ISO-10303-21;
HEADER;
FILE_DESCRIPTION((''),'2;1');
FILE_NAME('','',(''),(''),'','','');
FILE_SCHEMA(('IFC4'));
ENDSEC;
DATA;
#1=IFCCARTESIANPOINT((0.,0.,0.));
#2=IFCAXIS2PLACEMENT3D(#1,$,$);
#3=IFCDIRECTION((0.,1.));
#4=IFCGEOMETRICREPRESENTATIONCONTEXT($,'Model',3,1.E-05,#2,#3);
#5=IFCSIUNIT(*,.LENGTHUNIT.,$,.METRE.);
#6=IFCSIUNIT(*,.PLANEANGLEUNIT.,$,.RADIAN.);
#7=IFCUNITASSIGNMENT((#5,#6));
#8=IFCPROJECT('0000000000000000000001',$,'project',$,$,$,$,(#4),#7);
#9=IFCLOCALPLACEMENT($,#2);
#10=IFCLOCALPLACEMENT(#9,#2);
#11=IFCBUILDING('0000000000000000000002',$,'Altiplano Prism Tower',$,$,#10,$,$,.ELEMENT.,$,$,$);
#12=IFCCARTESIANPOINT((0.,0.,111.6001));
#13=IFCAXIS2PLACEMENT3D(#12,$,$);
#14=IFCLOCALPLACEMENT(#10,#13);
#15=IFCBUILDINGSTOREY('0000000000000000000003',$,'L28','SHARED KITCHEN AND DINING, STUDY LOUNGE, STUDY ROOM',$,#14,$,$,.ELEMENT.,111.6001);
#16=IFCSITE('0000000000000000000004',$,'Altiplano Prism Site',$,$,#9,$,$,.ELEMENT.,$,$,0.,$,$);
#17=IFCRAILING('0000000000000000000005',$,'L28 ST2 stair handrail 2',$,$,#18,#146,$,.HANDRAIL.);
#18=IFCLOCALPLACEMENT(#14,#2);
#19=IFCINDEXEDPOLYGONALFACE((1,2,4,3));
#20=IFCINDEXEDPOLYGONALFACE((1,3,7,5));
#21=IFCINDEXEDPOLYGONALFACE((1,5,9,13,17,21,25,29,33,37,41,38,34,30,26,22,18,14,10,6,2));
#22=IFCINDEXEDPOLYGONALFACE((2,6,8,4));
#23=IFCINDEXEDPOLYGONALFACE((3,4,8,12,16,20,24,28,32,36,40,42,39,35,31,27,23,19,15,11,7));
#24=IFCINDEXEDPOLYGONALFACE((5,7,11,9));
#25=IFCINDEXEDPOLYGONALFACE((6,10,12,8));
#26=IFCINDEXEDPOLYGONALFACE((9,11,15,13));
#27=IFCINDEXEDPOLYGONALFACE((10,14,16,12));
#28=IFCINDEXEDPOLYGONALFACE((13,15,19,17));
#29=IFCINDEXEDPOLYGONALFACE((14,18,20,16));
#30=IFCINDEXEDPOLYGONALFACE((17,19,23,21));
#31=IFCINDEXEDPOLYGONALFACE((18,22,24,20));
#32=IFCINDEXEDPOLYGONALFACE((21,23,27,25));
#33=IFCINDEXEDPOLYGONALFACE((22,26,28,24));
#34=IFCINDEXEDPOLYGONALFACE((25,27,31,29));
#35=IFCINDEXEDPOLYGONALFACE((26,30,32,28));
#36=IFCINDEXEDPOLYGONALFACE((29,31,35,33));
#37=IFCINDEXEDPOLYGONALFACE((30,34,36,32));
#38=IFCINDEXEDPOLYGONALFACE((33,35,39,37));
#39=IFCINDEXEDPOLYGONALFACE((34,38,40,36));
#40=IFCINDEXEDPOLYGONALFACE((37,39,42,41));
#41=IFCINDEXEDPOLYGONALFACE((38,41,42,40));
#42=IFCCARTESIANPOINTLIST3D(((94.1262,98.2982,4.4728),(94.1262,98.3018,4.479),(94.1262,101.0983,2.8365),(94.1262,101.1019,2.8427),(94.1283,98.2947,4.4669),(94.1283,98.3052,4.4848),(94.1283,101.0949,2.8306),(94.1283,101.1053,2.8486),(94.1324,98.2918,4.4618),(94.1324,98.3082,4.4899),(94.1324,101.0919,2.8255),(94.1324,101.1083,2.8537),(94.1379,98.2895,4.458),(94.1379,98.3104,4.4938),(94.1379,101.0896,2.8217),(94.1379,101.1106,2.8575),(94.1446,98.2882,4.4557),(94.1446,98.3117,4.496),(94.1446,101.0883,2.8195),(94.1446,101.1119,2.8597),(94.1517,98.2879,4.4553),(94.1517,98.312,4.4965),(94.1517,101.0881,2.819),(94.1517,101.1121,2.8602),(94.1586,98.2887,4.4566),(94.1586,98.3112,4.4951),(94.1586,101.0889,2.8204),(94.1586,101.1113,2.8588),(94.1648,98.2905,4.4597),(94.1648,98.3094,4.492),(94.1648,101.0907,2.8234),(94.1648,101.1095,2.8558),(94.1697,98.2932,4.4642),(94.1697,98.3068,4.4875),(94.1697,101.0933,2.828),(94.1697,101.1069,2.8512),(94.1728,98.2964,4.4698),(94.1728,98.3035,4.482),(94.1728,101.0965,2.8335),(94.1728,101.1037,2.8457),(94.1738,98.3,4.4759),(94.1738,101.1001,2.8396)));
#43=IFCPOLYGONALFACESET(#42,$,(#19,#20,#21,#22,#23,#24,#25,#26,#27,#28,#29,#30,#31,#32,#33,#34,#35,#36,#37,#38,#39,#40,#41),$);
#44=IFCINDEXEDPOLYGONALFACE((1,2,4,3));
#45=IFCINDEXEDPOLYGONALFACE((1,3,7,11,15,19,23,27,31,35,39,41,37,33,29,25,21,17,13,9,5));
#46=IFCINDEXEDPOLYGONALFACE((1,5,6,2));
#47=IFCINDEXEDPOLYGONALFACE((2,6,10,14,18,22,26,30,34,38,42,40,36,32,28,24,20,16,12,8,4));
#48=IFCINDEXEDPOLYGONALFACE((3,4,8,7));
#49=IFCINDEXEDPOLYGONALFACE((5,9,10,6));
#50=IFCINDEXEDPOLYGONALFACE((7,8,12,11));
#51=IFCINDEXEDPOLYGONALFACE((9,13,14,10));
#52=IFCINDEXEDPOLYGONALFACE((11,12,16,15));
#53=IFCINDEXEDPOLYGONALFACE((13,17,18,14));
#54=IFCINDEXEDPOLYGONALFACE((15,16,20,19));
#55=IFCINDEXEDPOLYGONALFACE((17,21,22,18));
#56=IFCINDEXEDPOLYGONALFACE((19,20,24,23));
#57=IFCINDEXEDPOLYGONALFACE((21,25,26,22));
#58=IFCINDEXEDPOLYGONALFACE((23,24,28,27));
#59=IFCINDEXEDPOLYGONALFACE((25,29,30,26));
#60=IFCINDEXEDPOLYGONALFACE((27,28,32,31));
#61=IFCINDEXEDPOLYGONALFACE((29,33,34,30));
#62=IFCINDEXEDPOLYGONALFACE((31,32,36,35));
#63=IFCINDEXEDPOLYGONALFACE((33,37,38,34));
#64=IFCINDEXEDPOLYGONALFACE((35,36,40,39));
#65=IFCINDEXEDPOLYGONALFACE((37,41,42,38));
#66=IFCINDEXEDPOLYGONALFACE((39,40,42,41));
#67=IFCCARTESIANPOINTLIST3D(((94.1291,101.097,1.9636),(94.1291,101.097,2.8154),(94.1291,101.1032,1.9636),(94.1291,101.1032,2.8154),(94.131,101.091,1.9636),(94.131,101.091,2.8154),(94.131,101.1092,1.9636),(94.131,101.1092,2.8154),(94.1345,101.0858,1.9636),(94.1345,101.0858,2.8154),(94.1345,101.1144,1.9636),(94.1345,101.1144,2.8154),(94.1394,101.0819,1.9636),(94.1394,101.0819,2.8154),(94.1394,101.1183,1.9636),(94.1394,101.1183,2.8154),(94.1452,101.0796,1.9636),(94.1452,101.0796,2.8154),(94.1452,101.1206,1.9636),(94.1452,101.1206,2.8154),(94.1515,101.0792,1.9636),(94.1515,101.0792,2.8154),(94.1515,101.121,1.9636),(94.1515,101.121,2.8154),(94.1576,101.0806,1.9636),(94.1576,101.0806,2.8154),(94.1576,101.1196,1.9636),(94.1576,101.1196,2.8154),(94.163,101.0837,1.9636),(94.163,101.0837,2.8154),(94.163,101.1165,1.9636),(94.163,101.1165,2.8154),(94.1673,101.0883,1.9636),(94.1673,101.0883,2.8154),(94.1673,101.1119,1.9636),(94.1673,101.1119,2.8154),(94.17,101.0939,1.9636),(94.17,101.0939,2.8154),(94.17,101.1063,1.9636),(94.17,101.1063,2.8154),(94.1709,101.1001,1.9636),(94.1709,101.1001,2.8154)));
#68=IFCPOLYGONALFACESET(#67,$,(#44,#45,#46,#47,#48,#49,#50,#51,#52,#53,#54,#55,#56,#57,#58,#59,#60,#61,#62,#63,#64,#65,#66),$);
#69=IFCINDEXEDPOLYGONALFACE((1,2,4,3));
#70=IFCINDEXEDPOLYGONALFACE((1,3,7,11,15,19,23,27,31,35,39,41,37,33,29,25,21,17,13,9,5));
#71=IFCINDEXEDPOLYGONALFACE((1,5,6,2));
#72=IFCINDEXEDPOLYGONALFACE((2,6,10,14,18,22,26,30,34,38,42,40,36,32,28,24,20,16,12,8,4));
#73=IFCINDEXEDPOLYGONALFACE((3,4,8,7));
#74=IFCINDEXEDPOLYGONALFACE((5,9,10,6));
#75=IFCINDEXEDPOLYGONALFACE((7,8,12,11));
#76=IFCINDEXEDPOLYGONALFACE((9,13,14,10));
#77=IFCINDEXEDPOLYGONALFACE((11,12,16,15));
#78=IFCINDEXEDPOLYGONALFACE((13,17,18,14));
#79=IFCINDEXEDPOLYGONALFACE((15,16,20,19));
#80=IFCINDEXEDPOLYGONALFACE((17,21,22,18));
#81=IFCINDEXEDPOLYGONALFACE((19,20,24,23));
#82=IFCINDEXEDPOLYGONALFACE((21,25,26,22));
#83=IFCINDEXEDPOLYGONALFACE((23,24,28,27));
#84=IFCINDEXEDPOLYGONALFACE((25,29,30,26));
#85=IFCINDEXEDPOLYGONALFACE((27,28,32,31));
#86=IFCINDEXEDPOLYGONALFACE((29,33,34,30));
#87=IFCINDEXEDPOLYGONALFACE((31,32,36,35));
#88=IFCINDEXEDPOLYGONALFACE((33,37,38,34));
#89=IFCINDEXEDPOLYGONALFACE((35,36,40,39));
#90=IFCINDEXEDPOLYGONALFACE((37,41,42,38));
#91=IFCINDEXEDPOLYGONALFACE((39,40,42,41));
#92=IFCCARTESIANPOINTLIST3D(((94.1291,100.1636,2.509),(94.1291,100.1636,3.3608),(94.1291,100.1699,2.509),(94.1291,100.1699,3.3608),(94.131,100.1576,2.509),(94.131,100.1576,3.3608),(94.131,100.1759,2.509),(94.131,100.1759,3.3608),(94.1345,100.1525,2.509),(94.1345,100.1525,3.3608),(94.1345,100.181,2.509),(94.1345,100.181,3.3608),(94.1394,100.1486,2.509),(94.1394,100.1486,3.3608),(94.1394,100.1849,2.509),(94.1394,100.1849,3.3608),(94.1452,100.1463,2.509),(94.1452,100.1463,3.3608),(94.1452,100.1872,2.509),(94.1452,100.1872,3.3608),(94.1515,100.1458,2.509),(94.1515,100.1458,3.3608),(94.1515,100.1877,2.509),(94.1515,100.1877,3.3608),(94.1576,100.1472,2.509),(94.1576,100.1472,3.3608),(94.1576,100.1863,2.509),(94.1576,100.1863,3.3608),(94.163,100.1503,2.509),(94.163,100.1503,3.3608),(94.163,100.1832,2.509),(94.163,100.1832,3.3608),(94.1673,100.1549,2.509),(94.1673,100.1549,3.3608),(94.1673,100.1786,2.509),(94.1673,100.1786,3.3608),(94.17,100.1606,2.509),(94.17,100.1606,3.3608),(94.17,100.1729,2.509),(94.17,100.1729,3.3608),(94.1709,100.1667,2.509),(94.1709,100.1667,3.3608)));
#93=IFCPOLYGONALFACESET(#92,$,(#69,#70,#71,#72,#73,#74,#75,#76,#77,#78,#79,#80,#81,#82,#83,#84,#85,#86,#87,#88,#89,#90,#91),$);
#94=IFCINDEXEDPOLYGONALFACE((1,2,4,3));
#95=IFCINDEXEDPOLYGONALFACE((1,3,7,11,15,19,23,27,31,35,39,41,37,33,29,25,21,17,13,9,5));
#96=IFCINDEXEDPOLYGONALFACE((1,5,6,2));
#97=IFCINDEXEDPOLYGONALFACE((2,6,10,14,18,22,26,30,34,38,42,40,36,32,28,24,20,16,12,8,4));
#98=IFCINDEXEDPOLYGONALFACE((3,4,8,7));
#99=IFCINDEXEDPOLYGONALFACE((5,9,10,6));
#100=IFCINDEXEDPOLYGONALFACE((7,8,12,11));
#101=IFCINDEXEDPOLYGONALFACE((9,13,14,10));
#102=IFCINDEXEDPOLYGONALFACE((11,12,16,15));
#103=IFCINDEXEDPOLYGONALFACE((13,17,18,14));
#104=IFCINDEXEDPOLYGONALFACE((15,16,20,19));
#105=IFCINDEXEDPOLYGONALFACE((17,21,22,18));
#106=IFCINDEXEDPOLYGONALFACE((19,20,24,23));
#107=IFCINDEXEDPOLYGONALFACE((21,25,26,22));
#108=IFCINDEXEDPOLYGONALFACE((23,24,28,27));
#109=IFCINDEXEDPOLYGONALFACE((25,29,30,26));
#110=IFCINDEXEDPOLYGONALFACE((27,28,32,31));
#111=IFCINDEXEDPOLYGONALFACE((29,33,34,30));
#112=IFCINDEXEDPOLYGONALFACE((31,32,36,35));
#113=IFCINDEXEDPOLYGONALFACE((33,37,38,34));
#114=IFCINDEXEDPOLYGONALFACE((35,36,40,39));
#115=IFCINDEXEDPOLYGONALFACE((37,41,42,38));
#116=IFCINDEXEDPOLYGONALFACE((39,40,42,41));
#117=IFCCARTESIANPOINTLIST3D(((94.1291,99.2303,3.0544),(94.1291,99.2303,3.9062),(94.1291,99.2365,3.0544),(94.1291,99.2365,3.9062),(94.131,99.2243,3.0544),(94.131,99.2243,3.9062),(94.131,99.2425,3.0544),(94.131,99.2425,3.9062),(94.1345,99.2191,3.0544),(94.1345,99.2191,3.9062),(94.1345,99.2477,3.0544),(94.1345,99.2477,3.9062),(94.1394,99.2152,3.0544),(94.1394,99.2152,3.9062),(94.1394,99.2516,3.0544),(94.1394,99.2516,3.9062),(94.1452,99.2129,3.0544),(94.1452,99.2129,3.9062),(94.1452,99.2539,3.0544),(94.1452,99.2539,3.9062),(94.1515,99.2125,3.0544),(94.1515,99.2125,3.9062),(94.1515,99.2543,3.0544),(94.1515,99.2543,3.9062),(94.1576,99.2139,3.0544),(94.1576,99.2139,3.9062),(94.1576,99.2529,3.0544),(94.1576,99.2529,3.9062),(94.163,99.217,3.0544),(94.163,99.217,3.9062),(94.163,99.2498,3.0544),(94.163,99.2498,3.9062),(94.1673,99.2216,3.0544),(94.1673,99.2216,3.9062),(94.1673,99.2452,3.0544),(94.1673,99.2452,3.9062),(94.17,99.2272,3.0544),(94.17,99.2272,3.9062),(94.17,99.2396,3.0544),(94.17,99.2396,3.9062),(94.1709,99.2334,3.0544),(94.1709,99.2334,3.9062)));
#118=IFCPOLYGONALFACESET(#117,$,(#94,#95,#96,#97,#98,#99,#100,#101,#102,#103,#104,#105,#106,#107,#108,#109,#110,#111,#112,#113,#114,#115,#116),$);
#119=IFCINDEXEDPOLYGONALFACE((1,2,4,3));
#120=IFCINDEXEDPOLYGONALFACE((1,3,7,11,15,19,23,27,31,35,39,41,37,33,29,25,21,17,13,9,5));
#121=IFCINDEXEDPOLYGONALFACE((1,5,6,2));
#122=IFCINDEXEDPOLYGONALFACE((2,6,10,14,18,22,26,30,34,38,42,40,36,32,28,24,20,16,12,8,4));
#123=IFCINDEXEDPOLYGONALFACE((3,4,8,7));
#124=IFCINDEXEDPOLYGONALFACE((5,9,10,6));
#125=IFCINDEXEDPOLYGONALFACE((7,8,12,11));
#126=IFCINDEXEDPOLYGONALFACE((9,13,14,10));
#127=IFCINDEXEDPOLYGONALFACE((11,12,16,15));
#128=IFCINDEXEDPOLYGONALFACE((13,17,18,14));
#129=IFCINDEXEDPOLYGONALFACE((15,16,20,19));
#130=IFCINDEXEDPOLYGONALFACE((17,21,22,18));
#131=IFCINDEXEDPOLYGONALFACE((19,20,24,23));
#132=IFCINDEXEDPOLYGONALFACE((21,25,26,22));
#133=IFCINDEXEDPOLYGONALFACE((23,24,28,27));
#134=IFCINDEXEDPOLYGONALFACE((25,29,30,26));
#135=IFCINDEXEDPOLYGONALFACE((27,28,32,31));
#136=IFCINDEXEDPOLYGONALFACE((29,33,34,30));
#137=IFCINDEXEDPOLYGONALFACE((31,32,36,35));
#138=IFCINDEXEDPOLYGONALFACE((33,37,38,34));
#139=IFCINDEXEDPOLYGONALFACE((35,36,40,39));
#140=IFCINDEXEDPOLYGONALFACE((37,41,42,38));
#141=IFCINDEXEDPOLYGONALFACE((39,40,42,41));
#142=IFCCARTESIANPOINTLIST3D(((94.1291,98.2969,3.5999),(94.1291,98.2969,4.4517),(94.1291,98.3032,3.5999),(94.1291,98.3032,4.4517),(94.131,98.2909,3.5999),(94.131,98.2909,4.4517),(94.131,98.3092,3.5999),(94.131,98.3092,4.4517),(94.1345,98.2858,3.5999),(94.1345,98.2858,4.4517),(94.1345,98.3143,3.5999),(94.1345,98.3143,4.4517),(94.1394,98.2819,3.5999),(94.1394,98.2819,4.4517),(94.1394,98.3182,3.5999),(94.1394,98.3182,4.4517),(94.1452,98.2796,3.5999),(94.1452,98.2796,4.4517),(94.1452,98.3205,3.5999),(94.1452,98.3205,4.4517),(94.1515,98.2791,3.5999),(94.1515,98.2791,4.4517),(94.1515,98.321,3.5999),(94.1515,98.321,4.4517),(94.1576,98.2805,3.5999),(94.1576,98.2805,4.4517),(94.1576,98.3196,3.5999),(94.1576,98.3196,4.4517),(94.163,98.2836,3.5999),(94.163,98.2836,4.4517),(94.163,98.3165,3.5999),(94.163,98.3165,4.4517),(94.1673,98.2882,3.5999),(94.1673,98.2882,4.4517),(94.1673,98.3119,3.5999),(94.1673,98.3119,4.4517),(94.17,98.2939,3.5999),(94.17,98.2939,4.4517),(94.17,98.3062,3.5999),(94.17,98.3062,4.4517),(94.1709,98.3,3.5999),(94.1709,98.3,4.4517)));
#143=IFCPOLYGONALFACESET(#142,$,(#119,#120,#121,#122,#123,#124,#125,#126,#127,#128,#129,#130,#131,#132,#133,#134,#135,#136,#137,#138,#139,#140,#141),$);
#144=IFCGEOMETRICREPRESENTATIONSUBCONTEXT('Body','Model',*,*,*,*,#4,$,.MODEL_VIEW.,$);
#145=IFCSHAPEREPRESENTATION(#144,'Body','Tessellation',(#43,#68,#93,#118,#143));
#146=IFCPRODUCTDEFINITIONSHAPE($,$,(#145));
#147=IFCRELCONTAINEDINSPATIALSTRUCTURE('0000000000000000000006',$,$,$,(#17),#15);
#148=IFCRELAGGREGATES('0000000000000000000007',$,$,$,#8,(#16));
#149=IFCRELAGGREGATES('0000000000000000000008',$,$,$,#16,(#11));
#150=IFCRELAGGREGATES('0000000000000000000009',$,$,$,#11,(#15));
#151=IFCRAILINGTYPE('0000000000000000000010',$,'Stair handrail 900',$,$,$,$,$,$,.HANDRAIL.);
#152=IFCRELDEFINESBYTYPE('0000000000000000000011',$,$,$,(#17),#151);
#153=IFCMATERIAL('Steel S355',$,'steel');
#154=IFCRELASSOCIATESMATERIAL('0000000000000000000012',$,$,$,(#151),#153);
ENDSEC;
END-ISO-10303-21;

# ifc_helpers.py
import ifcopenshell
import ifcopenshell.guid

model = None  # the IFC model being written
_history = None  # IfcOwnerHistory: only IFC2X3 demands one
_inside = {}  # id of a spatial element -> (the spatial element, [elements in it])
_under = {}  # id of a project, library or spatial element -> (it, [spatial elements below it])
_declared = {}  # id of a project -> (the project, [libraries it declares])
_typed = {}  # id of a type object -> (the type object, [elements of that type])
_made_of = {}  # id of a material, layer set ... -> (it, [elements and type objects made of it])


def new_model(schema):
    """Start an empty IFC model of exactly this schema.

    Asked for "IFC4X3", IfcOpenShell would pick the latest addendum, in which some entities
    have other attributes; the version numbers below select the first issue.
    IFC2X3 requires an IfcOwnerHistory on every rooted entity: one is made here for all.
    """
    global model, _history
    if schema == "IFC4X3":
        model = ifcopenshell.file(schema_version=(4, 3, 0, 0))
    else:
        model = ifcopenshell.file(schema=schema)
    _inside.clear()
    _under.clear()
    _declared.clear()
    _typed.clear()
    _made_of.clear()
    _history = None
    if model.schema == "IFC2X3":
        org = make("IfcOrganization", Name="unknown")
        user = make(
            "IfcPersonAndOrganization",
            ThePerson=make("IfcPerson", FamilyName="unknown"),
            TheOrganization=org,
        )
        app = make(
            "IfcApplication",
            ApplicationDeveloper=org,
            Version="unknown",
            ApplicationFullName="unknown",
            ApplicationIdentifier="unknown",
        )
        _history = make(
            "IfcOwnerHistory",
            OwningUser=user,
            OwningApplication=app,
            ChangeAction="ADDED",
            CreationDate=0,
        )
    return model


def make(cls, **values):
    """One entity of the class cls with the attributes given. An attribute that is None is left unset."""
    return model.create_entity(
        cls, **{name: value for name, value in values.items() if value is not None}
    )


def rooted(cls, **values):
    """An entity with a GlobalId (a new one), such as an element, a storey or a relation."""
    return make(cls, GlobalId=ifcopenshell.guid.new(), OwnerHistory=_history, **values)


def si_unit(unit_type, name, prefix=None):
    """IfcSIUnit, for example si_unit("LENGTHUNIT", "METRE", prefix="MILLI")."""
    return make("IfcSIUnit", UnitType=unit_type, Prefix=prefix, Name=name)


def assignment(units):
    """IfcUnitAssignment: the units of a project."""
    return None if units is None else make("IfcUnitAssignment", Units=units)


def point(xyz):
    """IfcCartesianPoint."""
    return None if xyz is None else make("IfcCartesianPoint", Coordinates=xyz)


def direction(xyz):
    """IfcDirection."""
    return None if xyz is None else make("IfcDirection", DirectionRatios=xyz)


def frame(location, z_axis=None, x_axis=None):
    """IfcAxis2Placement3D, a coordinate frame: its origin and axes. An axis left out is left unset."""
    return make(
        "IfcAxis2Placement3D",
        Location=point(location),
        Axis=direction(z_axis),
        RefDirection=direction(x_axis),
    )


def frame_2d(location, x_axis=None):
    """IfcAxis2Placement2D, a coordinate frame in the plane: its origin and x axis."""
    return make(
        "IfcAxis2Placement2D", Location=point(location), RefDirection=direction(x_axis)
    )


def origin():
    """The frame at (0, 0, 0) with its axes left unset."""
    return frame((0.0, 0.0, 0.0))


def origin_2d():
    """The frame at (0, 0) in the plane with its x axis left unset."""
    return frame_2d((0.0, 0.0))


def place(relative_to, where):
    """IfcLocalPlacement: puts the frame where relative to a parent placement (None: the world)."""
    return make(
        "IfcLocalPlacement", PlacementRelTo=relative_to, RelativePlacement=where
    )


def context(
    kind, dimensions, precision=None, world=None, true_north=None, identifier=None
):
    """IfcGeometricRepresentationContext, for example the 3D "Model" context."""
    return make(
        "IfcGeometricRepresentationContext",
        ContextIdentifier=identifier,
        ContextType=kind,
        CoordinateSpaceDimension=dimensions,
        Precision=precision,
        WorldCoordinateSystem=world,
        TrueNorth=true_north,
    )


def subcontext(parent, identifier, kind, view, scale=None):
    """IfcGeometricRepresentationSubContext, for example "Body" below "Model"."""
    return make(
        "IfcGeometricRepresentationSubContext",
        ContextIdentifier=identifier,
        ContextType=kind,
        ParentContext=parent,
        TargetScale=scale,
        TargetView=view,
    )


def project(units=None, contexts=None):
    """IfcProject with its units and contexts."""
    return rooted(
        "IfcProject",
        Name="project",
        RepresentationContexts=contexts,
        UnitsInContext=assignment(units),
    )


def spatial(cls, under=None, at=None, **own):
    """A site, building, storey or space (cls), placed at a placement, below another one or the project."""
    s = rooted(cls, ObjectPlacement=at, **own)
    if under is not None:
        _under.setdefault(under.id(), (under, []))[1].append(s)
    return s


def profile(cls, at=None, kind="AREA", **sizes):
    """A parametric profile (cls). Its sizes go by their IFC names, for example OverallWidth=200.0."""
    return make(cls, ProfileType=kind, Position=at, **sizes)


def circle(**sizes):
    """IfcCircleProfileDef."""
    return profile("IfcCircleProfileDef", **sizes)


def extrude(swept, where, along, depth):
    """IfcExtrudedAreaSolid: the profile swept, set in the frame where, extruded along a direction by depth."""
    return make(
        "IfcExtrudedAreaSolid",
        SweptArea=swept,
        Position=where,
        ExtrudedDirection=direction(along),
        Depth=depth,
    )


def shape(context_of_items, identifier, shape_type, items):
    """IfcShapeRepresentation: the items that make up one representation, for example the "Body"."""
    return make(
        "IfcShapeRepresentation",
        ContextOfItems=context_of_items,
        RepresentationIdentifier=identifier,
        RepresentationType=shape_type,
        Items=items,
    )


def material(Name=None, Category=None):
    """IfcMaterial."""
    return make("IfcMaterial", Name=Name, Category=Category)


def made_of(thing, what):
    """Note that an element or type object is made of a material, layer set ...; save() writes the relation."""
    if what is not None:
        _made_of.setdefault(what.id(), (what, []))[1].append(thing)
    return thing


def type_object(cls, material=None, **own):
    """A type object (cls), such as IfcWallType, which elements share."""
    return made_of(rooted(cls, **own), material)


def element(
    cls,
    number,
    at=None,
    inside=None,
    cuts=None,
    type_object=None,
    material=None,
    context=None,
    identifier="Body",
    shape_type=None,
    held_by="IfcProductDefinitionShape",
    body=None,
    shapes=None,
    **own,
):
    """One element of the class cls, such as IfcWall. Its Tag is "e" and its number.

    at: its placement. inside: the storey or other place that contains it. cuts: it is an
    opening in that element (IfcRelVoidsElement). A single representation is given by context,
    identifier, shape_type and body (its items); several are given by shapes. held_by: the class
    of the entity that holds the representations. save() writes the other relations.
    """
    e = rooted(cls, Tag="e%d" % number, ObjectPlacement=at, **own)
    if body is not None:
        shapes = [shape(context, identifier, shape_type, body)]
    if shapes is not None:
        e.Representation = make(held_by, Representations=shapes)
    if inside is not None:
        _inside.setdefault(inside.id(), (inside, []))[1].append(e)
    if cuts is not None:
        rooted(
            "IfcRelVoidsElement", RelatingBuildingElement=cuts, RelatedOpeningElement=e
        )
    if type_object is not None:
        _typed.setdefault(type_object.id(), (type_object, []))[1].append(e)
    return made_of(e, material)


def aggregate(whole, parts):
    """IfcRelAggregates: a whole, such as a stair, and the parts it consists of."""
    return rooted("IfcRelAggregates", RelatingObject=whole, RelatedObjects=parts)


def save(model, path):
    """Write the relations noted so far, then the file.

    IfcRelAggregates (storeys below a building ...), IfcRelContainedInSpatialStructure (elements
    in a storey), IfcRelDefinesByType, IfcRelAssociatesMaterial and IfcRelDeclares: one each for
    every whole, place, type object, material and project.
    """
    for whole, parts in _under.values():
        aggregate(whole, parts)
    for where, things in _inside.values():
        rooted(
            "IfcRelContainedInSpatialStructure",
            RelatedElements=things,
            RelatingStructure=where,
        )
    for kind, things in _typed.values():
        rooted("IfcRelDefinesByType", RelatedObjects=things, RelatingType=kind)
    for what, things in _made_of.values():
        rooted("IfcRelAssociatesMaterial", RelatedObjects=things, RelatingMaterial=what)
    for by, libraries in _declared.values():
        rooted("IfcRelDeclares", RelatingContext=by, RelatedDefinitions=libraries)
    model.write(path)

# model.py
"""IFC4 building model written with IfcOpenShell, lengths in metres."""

from ifc_helpers import new_model, si_unit, direction, frame, origin, origin_2d, place, context, subcontext, project, spatial, circle, extrude, material, type_object, element, save


model = new_model("IFC4")

# Units and contexts
model_context = context("Model", 3, precision=1e-05, world=origin(), true_north=direction((0.0, 1.0)))
body_context = subcontext(model_context, "Body", "Model", "MODEL_VIEW")
ifc_project = project(units=[si_unit("LENGTHUNIT", "METRE"), si_unit("PLANEANGLEUNIT", "RADIAN")], contexts=[model_context])

# Site, building, storey
site_placement = place(None, origin())
site = spatial("IfcSite", under=ifc_project, at=site_placement, Name="Altiplano Prism Site", CompositionType="ELEMENT", RefElevation=0.0)
building_placement = place(site_placement, origin())
building = spatial("IfcBuilding", under=site, at=building_placement, Name="Altiplano Prism Tower", CompositionType="ELEMENT")
storey_placement = place(building_placement, frame((0.0, 0.0, 111.6001)))
storey = spatial("IfcBuildingStorey", under=building, at=storey_placement, Name="L28", Description="SHARED KITCHEN AND DINING, STUDY LOUNGE, STUDY ROOM", CompositionType="ELEMENT", Elevation=111.6001)

# Railing
ifc_material_1 = material(Name="Steel S355", Category="steel")
railing_type_1 = type_object("IfcRailingType", Name="Stair handrail 900", PredefinedType="HANDRAIL", material=ifc_material_1)
railing_1_placement = place(storey_placement, frame((94.1499, 101.1001, 1.9636)))
element("IfcRailing", 1, at=railing_1_placement, inside=storey, type_object=railing_type_1, Name="L28 ST2 stair handrail 2", PredefinedType="HANDRAIL", context=body_context, shape_type="SweptSolid", body=[
    extrude(circle(Radius=0.0239, at=origin_2d()), frame((0.0, 0.0, 0.876), z_axis=(0.0, -0.863394, 0.504531), x_axis=(1.0, 0.0, 0.0)), (0.0, 0.0, 1.0), 3.2432),
    extrude(circle(Radius=0.021, at=origin_2d()), origin(), (0.0, 0.0, 1.0), 0.8518),
    extrude(circle(Radius=0.021, at=origin_2d()), frame((0.0, -0.9333, 0.5454)), (0.0, 0.0, 1.0), 0.8518),
    extrude(circle(Radius=0.021, at=origin_2d()), frame((0.0, -1.8667, 1.0908)), (0.0, 0.0, 1.0), 0.8518),
    extrude(circle(Radius=0.021, at=origin_2d()), frame((0.0, -2.8, 1.6362)), (0.0, 0.0, 1.0), 0.8518),
])

save(model, "model.ifc")
